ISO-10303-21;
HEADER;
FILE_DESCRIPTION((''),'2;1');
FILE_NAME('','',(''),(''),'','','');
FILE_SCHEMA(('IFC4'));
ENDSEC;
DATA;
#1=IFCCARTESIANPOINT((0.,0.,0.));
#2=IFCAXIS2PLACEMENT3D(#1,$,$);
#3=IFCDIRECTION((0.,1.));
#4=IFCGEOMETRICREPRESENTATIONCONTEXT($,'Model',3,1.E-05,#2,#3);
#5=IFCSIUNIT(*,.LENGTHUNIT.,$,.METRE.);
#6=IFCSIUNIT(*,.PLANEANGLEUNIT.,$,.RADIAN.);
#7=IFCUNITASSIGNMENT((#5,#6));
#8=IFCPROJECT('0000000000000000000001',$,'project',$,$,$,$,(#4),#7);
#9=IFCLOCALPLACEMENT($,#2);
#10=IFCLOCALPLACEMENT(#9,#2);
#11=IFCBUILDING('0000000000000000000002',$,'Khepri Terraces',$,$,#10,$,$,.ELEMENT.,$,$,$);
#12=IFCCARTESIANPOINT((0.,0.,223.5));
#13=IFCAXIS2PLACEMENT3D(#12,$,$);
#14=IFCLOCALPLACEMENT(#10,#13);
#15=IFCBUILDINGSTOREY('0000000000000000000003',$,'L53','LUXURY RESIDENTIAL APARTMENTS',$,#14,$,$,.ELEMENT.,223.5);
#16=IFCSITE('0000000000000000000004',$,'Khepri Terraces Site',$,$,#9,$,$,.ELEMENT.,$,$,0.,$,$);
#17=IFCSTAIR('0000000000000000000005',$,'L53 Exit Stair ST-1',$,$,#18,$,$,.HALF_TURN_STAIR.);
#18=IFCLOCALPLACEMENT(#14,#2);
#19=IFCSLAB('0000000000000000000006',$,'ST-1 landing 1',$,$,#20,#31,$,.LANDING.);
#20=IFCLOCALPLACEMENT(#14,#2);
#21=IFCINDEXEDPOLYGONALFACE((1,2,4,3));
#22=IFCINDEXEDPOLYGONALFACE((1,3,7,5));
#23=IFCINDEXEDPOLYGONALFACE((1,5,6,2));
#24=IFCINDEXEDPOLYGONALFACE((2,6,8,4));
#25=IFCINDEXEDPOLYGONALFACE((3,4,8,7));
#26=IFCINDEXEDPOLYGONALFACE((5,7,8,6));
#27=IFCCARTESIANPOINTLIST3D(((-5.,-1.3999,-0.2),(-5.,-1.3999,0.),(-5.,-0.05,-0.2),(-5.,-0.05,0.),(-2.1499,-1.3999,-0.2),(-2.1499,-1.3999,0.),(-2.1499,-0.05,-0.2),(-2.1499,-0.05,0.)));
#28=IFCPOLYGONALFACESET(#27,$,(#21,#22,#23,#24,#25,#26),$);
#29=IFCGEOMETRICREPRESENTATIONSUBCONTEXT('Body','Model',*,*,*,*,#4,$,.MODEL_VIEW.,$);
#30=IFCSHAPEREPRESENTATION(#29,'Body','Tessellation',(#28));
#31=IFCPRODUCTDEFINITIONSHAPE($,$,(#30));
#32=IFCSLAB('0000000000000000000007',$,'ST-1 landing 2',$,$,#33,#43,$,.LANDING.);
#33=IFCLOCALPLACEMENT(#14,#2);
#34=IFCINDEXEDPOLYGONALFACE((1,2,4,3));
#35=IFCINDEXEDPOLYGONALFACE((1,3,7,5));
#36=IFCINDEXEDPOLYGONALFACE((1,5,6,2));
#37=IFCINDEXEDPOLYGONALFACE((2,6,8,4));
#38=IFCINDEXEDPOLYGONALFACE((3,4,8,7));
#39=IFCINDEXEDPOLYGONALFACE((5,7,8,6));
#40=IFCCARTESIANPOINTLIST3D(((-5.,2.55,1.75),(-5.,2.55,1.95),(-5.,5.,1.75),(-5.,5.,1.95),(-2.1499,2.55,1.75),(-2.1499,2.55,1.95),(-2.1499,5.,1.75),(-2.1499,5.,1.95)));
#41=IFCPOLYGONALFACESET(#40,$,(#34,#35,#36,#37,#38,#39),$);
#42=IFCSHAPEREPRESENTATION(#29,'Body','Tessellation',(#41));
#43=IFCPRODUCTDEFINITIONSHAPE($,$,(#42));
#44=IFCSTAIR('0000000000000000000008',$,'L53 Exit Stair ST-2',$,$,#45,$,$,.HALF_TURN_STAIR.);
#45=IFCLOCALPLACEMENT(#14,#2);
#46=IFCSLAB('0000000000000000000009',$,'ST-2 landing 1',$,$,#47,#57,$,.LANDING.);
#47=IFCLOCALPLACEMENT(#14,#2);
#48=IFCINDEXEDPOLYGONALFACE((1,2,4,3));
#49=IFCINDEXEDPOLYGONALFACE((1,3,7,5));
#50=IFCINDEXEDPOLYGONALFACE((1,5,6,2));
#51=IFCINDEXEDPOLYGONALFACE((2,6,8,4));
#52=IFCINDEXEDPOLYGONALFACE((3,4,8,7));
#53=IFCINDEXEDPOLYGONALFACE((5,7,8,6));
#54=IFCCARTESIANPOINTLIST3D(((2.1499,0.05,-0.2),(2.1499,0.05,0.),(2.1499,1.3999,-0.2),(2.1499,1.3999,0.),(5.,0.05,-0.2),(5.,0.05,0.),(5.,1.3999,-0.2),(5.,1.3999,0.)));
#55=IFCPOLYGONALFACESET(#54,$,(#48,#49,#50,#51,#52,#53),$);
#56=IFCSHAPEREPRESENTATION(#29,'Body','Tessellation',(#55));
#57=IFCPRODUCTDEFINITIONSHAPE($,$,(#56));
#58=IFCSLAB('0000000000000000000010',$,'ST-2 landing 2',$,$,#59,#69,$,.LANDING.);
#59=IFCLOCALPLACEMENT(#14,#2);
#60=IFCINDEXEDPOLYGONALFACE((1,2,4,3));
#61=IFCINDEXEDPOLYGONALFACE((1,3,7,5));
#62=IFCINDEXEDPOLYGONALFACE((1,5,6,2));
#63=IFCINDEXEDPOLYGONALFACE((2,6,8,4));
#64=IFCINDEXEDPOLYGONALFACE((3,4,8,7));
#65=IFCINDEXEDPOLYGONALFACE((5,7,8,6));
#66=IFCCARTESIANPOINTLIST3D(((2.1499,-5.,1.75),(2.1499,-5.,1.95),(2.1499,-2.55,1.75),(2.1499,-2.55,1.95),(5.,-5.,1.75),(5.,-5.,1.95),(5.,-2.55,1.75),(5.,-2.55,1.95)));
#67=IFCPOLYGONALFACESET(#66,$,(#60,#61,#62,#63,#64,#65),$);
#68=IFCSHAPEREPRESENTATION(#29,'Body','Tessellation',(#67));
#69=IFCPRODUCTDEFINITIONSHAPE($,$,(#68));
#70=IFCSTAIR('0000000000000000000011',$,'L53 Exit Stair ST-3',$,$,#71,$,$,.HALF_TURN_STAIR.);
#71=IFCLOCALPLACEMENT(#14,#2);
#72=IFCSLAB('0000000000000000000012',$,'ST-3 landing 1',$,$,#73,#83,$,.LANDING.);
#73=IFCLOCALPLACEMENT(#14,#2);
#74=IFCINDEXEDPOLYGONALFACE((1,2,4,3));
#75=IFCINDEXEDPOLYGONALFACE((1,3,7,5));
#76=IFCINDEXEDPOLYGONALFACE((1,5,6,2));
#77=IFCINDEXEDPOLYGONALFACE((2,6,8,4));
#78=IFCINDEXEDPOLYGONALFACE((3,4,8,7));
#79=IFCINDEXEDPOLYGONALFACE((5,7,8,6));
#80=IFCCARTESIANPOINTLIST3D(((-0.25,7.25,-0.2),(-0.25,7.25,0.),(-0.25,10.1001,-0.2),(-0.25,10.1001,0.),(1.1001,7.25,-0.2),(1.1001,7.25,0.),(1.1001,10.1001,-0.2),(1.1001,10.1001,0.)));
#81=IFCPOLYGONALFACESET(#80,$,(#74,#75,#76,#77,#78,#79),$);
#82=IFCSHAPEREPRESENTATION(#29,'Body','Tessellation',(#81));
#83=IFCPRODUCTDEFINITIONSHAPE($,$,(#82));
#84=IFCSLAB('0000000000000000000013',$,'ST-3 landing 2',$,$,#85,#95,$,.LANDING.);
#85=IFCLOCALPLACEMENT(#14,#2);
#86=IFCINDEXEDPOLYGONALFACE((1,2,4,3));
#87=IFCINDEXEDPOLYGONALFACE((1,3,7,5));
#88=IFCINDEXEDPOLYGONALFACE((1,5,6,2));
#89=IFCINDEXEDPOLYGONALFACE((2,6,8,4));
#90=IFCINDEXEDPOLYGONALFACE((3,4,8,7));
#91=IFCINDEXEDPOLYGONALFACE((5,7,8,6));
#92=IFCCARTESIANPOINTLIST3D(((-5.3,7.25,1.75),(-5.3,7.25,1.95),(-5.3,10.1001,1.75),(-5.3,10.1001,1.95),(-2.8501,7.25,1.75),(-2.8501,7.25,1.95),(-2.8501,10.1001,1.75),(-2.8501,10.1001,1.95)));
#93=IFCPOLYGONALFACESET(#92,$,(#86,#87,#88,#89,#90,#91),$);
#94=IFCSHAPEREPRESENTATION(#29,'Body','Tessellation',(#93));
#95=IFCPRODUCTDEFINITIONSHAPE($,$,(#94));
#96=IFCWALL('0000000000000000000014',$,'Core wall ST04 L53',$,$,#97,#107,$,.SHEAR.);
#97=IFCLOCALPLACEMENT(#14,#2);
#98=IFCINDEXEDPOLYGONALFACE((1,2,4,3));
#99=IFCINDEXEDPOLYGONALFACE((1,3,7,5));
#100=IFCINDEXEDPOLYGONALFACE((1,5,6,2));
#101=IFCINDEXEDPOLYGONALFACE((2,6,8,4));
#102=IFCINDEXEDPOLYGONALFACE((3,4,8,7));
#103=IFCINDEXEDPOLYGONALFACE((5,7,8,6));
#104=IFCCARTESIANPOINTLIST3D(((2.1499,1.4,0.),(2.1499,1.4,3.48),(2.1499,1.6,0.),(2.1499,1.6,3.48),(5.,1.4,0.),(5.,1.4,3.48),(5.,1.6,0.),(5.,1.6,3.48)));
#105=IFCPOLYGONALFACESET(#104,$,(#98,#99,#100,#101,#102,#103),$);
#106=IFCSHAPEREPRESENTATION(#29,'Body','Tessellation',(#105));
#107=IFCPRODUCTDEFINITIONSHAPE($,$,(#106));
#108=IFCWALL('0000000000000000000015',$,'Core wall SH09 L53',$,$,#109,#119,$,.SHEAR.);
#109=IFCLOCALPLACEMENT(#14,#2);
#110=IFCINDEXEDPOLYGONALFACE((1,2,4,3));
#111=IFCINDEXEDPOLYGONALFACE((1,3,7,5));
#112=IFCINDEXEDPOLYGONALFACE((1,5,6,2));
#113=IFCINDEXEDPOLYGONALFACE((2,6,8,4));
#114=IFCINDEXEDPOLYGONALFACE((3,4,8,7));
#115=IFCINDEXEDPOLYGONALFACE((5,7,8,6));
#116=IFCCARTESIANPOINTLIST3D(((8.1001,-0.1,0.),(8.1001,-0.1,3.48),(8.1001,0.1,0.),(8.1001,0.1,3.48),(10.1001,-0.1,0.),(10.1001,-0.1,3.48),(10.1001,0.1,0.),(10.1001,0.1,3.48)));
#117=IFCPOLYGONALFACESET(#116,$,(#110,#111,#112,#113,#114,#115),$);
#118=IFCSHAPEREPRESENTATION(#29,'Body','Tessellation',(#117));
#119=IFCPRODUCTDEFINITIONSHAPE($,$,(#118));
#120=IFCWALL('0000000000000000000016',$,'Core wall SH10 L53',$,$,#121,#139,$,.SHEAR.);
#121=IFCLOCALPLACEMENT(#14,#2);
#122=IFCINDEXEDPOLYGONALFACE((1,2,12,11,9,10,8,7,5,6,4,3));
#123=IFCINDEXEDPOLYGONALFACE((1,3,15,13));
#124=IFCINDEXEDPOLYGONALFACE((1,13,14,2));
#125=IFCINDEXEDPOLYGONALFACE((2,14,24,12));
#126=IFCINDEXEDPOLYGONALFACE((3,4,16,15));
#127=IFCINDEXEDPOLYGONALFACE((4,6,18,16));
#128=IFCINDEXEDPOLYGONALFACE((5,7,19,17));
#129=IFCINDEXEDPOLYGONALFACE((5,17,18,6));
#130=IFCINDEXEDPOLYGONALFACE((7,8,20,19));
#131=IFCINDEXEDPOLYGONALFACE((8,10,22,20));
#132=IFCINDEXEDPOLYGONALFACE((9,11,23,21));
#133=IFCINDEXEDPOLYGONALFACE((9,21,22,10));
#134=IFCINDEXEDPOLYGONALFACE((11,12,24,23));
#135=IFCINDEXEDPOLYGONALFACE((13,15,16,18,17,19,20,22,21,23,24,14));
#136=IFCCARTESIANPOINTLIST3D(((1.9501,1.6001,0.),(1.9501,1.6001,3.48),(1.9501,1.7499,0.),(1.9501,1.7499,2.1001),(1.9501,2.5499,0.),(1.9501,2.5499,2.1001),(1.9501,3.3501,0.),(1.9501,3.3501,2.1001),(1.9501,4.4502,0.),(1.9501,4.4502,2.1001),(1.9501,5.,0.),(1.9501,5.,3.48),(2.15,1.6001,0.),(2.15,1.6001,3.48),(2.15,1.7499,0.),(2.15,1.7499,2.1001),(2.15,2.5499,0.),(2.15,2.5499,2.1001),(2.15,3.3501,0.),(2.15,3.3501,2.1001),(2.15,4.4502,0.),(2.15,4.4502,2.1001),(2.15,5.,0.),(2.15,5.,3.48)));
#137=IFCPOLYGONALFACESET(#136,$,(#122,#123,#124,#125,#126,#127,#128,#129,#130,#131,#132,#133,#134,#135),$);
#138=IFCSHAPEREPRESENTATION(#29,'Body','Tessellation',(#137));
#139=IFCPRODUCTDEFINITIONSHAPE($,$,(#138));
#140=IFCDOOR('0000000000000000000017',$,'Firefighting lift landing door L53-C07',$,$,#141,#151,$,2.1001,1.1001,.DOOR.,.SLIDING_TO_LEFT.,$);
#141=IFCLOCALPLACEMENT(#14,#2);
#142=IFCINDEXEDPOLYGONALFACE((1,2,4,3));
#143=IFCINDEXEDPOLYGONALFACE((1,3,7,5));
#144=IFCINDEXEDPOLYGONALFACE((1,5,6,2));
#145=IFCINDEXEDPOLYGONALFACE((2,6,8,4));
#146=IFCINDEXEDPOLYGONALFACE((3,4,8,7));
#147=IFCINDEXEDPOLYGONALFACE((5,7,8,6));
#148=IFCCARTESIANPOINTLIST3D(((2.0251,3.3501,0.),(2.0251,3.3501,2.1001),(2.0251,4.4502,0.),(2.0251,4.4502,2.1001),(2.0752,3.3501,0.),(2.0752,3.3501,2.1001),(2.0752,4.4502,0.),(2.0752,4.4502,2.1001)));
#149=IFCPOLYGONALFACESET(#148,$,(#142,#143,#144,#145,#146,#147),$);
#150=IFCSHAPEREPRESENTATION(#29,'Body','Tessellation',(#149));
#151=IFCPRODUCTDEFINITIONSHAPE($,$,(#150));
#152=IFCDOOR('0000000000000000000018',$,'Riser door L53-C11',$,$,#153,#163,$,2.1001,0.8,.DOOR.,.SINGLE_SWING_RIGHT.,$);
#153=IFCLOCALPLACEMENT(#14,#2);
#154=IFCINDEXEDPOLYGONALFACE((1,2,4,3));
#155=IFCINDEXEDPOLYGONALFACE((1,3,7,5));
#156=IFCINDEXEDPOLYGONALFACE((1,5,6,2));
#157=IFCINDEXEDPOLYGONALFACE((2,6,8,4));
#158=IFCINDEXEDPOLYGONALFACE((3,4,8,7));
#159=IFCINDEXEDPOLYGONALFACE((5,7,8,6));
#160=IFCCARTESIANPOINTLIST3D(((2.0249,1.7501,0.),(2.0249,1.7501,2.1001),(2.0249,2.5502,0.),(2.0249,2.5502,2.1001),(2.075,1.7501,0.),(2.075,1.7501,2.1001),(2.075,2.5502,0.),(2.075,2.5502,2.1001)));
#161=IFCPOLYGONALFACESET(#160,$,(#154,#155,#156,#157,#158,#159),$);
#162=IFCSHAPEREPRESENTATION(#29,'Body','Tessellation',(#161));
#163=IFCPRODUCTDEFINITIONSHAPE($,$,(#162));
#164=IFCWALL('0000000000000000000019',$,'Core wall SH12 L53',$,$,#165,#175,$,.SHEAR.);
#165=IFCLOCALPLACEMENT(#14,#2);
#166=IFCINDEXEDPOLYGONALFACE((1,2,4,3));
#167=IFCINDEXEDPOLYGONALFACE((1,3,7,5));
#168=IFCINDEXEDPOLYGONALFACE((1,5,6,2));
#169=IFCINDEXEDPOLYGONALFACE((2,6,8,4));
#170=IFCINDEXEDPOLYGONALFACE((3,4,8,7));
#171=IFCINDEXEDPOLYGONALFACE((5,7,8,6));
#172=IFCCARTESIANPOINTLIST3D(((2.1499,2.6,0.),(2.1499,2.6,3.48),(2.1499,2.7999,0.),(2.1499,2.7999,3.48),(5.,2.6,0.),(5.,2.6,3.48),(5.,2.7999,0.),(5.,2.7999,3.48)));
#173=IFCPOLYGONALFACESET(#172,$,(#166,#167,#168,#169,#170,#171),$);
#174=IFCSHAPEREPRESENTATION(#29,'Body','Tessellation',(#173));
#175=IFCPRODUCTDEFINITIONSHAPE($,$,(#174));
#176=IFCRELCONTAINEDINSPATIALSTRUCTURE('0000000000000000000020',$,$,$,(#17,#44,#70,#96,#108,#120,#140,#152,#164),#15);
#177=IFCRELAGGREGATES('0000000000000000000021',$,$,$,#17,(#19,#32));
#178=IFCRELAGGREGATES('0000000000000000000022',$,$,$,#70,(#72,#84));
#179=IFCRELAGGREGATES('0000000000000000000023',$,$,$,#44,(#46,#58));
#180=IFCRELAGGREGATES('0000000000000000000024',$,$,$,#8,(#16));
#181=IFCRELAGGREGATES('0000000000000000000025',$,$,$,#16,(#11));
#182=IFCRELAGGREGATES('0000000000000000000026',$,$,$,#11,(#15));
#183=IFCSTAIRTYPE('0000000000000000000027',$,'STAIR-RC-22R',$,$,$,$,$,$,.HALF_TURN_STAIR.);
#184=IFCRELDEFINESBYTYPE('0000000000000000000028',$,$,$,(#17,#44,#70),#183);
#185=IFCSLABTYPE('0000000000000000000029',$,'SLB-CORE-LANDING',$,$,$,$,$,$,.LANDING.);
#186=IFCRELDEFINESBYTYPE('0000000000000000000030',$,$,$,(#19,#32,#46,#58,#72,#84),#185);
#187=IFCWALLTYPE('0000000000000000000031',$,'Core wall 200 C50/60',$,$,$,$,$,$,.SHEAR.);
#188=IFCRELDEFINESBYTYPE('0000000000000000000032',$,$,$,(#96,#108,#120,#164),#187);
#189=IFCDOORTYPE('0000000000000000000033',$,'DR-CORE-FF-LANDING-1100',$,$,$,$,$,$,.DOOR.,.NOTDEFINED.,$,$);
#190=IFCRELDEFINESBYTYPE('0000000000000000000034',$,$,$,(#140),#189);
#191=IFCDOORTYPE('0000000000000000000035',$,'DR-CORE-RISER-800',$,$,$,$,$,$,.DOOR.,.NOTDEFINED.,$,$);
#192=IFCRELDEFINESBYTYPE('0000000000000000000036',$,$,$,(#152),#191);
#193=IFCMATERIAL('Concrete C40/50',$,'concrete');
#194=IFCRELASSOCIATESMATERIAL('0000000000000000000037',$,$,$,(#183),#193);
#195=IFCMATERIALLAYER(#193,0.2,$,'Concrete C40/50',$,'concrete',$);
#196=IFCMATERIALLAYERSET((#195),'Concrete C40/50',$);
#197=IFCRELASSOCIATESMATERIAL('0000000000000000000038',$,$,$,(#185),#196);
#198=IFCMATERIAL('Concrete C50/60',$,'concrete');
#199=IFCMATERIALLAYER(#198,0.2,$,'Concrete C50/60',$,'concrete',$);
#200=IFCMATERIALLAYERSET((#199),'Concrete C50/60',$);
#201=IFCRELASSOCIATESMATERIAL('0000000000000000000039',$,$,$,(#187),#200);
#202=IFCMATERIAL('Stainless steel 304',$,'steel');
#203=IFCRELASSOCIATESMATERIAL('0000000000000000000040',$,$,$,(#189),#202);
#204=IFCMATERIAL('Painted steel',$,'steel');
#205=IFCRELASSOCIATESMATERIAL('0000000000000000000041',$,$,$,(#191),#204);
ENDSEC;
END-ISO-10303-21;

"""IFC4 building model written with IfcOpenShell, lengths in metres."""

from ifc_helpers import new_model, si_unit, direction, frame, frame_2d, origin, place, context, subcontext, project, spatial, polyline, rectangle, outline, extrude, material, layer, layer_set, type_object, element, fill, aggregate, save


model = new_model("IFC4")

# Units and contexts
model_context = context("Model", 3, precision=1e-05, world=origin(), true_north=direction((0.0, 1.0)))
body_context = subcontext(model_context, "Body", "Model", "MODEL_VIEW")
ifc_project = project(units=[si_unit("LENGTHUNIT", "METRE"), si_unit("PLANEANGLEUNIT", "RADIAN")], contexts=[model_context])

# Site, building, storey
site_placement = place(None, origin())
site = spatial("IfcSite", under=ifc_project, at=site_placement, Name="Khepri Terraces Site", CompositionType="ELEMENT", RefElevation=0.0)
building_placement = place(site_placement, origin())
building = spatial("IfcBuilding", under=site, at=building_placement, Name="Khepri Terraces", CompositionType="ELEMENT")
storey_placement = place(building_placement, frame((0.0, 0.0, 223.5)))
storey = spatial("IfcBuildingStorey", under=building, at=storey_placement, Name="L53", Description="LUXURY RESIDENTIAL APARTMENTS", CompositionType="ELEMENT", Elevation=223.5)

# Stairs, slabs
ifc_material_1 = material(Name="Concrete C40/50", Category="concrete")
stair_type = type_object("IfcStairType", Name="STAIR-RC-22R", PredefinedType="HALF_TURN_STAIR", material=ifc_material_1)
stair_1_placement = place(storey_placement, origin())
stair_1 = element("IfcStair", 1, at=stair_1_placement, inside=storey, type_object=stair_type, Name="L53 Exit Stair ST-1", PredefinedType="HALF_TURN_STAIR")
ifc_layer_1 = layer(ifc_material_1, 0.2, Name="Concrete C40/50", Category="concrete")
ifc_layer_set_1 = layer_set([ifc_layer_1], Name="Concrete C40/50")
slab_type = type_object("IfcSlabType", Name="SLB-CORE-LANDING", PredefinedType="LANDING", material=ifc_layer_set_1)
slab_1_placement = place(storey_placement, frame((0.0, 0.0, -0.2)))
slab_1 = element("IfcSlab", 2, at=slab_1_placement, type_object=slab_type, Name="ST-1 landing 1", PredefinedType="LANDING", context=body_context, shape_type="SweptSolid", body=[
    extrude(outline(polyline([(-2.1499, -1.3999), (-2.1499, -0.05), (-5.0, -0.05), (-5.0, -1.3999), (-2.1499, -1.3999)])), origin(), (0.0, 0.0, 1.0), 0.2),
])
slab_2_placement = place(storey_placement, frame((0.0, 0.0, 1.75)))
slab_2 = element("IfcSlab", 3, at=slab_2_placement, type_object=slab_type, Name="ST-1 landing 2", PredefinedType="LANDING", context=body_context, shape_type="SweptSolid", body=[
    extrude(outline(polyline([(-2.1499, 2.55), (-2.1499, 5.0), (-5.0, 5.0), (-5.0, 2.55), (-2.1499, 2.55)])), origin(), (0.0, 0.0, 1.0), 0.2),
])
aggregate(stair_1, [slab_1, slab_2])
stair_2_placement = place(storey_placement, origin())
stair_2 = element("IfcStair", 4, at=stair_2_placement, inside=storey, type_object=stair_type, Name="L53 Exit Stair ST-2", PredefinedType="HALF_TURN_STAIR")
slab_3_placement = place(storey_placement, frame((0.0, 0.0, -0.2)))
slab_3 = element("IfcSlab", 5, at=slab_3_placement, type_object=slab_type, Name="ST-2 landing 1", PredefinedType="LANDING", context=body_context, shape_type="SweptSolid", body=[
    extrude(outline(polyline([(2.1499, 1.3999), (2.1499, 0.05), (5.0, 0.05), (5.0, 1.3999), (2.1499, 1.3999)])), origin(), (0.0, 0.0, 1.0), 0.2),
])
slab_4_placement = place(storey_placement, frame((0.0, 0.0, 1.75)))
slab_4 = element("IfcSlab", 6, at=slab_4_placement, type_object=slab_type, Name="ST-2 landing 2", PredefinedType="LANDING", context=body_context, shape_type="SweptSolid", body=[
    extrude(outline(polyline([(2.1499, -2.55), (2.1499, -5.0), (5.0, -5.0), (5.0, -2.55), (2.1499, -2.55)])), origin(), (0.0, 0.0, 1.0), 0.2),
])
stair_3_placement = place(storey_placement, origin())
stair_3 = element("IfcStair", 7, at=stair_3_placement, inside=storey, type_object=stair_type, Name="L53 Exit Stair ST-3", PredefinedType="HALF_TURN_STAIR")
slab_5_placement = place(storey_placement, frame((0.0, 0.0, -0.2)))
slab_5 = element("IfcSlab", 8, at=slab_5_placement, type_object=slab_type, Name="ST-3 landing 1", PredefinedType="LANDING", context=body_context, shape_type="SweptSolid", body=[
    extrude(outline(polyline([(1.1001, 10.1001), (-0.25, 10.1001), (-0.25, 7.25), (1.1001, 7.25), (1.1001, 10.1001)])), origin(), (0.0, 0.0, 1.0), 0.2),
])
slab_6_placement = place(storey_placement, frame((0.0, 0.0, 1.75)))
slab_6 = element("IfcSlab", 9, at=slab_6_placement, type_object=slab_type, Name="ST-3 landing 2", PredefinedType="LANDING", context=body_context, shape_type="SweptSolid", body=[
    extrude(outline(polyline([(-2.8501, 10.1001), (-5.3, 10.1001), (-5.3, 7.25), (-2.8501, 7.25), (-2.8501, 10.1001)])), origin(), (0.0, 0.0, 1.0), 0.2),
])
aggregate(stair_3, [slab_5, slab_6])

# Walls
ifc_material_2 = material(Name="Concrete C50/60", Category="concrete")
ifc_layer_2 = layer(ifc_material_2, 0.2, Name="Concrete C50/60", Category="concrete")
ifc_layer_set_2 = layer_set([ifc_layer_2], Name="Concrete C50/60")
wall_type = type_object("IfcWallType", Name="Core wall 200 C50/60", PredefinedType="SHEAR", material=ifc_layer_set_2)
wall_1_placement = place(storey_placement, frame((2.1499, 1.5, 0.0), z_axis=(0.0, 0.0, 1.0), x_axis=(1.0, 0.0, 0.0)))
element("IfcWall", 10, at=wall_1_placement, inside=storey, type_object=wall_type, Name="Core wall ST04 L53", PredefinedType="SHEAR", context=body_context, shape_type="SweptSolid", body=[
    extrude(rectangle(XDim=2.8501, YDim=0.2, at=frame_2d((1.425, 0.0))), origin(), (0.0, 0.0, 1.0), 3.48),
])
wall_2_placement = place(storey_placement, frame((8.1001, 0.0, 0.0), z_axis=(0.0, 0.0, 1.0), x_axis=(1.0, 0.0, 0.0)))
element("IfcWall", 11, at=wall_2_placement, inside=storey, type_object=wall_type, Name="Core wall SH09 L53", PredefinedType="SHEAR", context=body_context, shape_type="SweptSolid", body=[
    extrude(rectangle(XDim=2.0, YDim=0.2, at=frame_2d((1.0, 0.0))), origin(), (0.0, 0.0, 1.0), 3.48),
])

# Wall, openings, doors
wall_3_placement = place(storey_placement, frame((2.05, 1.6001, 0.0), z_axis=(0.0, 0.0, 1.0), x_axis=(0.0, 1.0, 0.0)))
wall_3 = element("IfcWall", 12, at=wall_3_placement, inside=storey, type_object=wall_type, Name="Core wall SH10 L53", PredefinedType="SHEAR", context=body_context, shape_type="SweptSolid", body=[
    extrude(rectangle(XDim=3.3999, YDim=0.2, at=frame_2d((1.7, 0.0))), origin(), (0.0, 0.0, 1.0), 3.48),
])
opening_1_placement = place(wall_3_placement, frame((1.75, 0.0, 0.0)))
opening_1 = element("IfcOpeningElement", 13, at=opening_1_placement, cuts=wall_3, PredefinedType="OPENING", context=body_context, shape_type="SweptSolid", body=[
    extrude(rectangle(XDim=1.1001, YDim=2.1001, at=frame_2d((0.55, 1.05))), frame((0.0, 0.1099, 0.0), z_axis=(0.0, -1.0, 0.0), x_axis=(1.0, 0.0, 0.0)), (0.0, 0.0, 1.0), 0.22),
])
opening_2_placement = place(wall_3_placement, frame((0.1499, 0.0, 0.0)))
opening_2 = element("IfcOpeningElement", 14, at=opening_2_placement, cuts=wall_3, PredefinedType="OPENING", context=body_context, shape_type="SweptSolid", body=[
    extrude(rectangle(XDim=0.8, YDim=2.1001, at=frame_2d((0.3999, 1.05))), frame((0.0, 0.1099, 0.0), z_axis=(0.0, -1.0, 0.0), x_axis=(1.0, 0.0, 0.0)), (0.0, 0.0, 1.0), 0.22),
])
ifc_material_3 = material(Name="Stainless steel 304", Category="steel")
door_type_1 = type_object("IfcDoorType", Name="DR-CORE-FF-LANDING-1100", OperationType="NOTDEFINED", PredefinedType="DOOR", material=ifc_material_3)
door_1_placement = place(opening_1_placement, origin())
door_1 = element("IfcDoor", 15, at=door_1_placement, inside=storey, type_object=door_type_1, Name="Firefighting lift landing door L53-C07", OperationType="SLIDING_TO_LEFT", OverallHeight=2.1001, OverallWidth=1.1001, PredefinedType="DOOR", context=body_context, shape_type="SweptSolid", body=[
    extrude(rectangle(XDim=1.1001, YDim=2.1001, at=frame_2d((0.55, 1.05))), frame((0.0, 0.0249, 0.0), z_axis=(0.0, -1.0, 0.0), x_axis=(1.0, 0.0, 0.0)), (0.0, 0.0, 1.0), 0.05),
])
fill(opening_1, door_1)
ifc_material_4 = material(Name="Painted steel", Category="steel")
door_type_2 = type_object("IfcDoorType", Name="DR-CORE-RISER-800", OperationType="NOTDEFINED", PredefinedType="DOOR", material=ifc_material_4)
door_2_placement = place(opening_2_placement, frame((0.8, 0.0, 0.0), z_axis=(0.0, 0.0, 1.0), x_axis=(-1.0, 0.0, 0.0)))
door_2 = element("IfcDoor", 16, at=door_2_placement, inside=storey, type_object=door_type_2, Name="Riser door L53-C11", OperationType="SINGLE_SWING_RIGHT", OverallHeight=2.1001, OverallWidth=0.8, PredefinedType="DOOR", context=body_context, shape_type="SweptSolid", body=[
    extrude(rectangle(XDim=0.8, YDim=2.1001, at=frame_2d((0.3999, 1.05))), frame((0.0, 0.0249, 0.0), z_axis=(0.0, -1.0, 0.0), x_axis=(1.0, 0.0, 0.0)), (0.0, 0.0, 1.0), 0.05),
])
fill(opening_2, door_2)

# Wall
wall_4_placement = place(storey_placement, frame((2.1499, 2.7, 0.0), z_axis=(0.0, 0.0, 1.0), x_axis=(1.0, 0.0, 0.0)))
element("IfcWall", 17, at=wall_4_placement, inside=storey, type_object=wall_type, Name="Core wall SH12 L53", PredefinedType="SHEAR", context=body_context, shape_type="SweptSolid", body=[
    extrude(rectangle(XDim=2.8501, YDim=0.2, at=frame_2d((1.425, 0.0))), origin(), (0.0, 0.0, 1.0), 3.48),
])

aggregate(stair_2, [slab_3, slab_4])

save(model, "model.ifc")
